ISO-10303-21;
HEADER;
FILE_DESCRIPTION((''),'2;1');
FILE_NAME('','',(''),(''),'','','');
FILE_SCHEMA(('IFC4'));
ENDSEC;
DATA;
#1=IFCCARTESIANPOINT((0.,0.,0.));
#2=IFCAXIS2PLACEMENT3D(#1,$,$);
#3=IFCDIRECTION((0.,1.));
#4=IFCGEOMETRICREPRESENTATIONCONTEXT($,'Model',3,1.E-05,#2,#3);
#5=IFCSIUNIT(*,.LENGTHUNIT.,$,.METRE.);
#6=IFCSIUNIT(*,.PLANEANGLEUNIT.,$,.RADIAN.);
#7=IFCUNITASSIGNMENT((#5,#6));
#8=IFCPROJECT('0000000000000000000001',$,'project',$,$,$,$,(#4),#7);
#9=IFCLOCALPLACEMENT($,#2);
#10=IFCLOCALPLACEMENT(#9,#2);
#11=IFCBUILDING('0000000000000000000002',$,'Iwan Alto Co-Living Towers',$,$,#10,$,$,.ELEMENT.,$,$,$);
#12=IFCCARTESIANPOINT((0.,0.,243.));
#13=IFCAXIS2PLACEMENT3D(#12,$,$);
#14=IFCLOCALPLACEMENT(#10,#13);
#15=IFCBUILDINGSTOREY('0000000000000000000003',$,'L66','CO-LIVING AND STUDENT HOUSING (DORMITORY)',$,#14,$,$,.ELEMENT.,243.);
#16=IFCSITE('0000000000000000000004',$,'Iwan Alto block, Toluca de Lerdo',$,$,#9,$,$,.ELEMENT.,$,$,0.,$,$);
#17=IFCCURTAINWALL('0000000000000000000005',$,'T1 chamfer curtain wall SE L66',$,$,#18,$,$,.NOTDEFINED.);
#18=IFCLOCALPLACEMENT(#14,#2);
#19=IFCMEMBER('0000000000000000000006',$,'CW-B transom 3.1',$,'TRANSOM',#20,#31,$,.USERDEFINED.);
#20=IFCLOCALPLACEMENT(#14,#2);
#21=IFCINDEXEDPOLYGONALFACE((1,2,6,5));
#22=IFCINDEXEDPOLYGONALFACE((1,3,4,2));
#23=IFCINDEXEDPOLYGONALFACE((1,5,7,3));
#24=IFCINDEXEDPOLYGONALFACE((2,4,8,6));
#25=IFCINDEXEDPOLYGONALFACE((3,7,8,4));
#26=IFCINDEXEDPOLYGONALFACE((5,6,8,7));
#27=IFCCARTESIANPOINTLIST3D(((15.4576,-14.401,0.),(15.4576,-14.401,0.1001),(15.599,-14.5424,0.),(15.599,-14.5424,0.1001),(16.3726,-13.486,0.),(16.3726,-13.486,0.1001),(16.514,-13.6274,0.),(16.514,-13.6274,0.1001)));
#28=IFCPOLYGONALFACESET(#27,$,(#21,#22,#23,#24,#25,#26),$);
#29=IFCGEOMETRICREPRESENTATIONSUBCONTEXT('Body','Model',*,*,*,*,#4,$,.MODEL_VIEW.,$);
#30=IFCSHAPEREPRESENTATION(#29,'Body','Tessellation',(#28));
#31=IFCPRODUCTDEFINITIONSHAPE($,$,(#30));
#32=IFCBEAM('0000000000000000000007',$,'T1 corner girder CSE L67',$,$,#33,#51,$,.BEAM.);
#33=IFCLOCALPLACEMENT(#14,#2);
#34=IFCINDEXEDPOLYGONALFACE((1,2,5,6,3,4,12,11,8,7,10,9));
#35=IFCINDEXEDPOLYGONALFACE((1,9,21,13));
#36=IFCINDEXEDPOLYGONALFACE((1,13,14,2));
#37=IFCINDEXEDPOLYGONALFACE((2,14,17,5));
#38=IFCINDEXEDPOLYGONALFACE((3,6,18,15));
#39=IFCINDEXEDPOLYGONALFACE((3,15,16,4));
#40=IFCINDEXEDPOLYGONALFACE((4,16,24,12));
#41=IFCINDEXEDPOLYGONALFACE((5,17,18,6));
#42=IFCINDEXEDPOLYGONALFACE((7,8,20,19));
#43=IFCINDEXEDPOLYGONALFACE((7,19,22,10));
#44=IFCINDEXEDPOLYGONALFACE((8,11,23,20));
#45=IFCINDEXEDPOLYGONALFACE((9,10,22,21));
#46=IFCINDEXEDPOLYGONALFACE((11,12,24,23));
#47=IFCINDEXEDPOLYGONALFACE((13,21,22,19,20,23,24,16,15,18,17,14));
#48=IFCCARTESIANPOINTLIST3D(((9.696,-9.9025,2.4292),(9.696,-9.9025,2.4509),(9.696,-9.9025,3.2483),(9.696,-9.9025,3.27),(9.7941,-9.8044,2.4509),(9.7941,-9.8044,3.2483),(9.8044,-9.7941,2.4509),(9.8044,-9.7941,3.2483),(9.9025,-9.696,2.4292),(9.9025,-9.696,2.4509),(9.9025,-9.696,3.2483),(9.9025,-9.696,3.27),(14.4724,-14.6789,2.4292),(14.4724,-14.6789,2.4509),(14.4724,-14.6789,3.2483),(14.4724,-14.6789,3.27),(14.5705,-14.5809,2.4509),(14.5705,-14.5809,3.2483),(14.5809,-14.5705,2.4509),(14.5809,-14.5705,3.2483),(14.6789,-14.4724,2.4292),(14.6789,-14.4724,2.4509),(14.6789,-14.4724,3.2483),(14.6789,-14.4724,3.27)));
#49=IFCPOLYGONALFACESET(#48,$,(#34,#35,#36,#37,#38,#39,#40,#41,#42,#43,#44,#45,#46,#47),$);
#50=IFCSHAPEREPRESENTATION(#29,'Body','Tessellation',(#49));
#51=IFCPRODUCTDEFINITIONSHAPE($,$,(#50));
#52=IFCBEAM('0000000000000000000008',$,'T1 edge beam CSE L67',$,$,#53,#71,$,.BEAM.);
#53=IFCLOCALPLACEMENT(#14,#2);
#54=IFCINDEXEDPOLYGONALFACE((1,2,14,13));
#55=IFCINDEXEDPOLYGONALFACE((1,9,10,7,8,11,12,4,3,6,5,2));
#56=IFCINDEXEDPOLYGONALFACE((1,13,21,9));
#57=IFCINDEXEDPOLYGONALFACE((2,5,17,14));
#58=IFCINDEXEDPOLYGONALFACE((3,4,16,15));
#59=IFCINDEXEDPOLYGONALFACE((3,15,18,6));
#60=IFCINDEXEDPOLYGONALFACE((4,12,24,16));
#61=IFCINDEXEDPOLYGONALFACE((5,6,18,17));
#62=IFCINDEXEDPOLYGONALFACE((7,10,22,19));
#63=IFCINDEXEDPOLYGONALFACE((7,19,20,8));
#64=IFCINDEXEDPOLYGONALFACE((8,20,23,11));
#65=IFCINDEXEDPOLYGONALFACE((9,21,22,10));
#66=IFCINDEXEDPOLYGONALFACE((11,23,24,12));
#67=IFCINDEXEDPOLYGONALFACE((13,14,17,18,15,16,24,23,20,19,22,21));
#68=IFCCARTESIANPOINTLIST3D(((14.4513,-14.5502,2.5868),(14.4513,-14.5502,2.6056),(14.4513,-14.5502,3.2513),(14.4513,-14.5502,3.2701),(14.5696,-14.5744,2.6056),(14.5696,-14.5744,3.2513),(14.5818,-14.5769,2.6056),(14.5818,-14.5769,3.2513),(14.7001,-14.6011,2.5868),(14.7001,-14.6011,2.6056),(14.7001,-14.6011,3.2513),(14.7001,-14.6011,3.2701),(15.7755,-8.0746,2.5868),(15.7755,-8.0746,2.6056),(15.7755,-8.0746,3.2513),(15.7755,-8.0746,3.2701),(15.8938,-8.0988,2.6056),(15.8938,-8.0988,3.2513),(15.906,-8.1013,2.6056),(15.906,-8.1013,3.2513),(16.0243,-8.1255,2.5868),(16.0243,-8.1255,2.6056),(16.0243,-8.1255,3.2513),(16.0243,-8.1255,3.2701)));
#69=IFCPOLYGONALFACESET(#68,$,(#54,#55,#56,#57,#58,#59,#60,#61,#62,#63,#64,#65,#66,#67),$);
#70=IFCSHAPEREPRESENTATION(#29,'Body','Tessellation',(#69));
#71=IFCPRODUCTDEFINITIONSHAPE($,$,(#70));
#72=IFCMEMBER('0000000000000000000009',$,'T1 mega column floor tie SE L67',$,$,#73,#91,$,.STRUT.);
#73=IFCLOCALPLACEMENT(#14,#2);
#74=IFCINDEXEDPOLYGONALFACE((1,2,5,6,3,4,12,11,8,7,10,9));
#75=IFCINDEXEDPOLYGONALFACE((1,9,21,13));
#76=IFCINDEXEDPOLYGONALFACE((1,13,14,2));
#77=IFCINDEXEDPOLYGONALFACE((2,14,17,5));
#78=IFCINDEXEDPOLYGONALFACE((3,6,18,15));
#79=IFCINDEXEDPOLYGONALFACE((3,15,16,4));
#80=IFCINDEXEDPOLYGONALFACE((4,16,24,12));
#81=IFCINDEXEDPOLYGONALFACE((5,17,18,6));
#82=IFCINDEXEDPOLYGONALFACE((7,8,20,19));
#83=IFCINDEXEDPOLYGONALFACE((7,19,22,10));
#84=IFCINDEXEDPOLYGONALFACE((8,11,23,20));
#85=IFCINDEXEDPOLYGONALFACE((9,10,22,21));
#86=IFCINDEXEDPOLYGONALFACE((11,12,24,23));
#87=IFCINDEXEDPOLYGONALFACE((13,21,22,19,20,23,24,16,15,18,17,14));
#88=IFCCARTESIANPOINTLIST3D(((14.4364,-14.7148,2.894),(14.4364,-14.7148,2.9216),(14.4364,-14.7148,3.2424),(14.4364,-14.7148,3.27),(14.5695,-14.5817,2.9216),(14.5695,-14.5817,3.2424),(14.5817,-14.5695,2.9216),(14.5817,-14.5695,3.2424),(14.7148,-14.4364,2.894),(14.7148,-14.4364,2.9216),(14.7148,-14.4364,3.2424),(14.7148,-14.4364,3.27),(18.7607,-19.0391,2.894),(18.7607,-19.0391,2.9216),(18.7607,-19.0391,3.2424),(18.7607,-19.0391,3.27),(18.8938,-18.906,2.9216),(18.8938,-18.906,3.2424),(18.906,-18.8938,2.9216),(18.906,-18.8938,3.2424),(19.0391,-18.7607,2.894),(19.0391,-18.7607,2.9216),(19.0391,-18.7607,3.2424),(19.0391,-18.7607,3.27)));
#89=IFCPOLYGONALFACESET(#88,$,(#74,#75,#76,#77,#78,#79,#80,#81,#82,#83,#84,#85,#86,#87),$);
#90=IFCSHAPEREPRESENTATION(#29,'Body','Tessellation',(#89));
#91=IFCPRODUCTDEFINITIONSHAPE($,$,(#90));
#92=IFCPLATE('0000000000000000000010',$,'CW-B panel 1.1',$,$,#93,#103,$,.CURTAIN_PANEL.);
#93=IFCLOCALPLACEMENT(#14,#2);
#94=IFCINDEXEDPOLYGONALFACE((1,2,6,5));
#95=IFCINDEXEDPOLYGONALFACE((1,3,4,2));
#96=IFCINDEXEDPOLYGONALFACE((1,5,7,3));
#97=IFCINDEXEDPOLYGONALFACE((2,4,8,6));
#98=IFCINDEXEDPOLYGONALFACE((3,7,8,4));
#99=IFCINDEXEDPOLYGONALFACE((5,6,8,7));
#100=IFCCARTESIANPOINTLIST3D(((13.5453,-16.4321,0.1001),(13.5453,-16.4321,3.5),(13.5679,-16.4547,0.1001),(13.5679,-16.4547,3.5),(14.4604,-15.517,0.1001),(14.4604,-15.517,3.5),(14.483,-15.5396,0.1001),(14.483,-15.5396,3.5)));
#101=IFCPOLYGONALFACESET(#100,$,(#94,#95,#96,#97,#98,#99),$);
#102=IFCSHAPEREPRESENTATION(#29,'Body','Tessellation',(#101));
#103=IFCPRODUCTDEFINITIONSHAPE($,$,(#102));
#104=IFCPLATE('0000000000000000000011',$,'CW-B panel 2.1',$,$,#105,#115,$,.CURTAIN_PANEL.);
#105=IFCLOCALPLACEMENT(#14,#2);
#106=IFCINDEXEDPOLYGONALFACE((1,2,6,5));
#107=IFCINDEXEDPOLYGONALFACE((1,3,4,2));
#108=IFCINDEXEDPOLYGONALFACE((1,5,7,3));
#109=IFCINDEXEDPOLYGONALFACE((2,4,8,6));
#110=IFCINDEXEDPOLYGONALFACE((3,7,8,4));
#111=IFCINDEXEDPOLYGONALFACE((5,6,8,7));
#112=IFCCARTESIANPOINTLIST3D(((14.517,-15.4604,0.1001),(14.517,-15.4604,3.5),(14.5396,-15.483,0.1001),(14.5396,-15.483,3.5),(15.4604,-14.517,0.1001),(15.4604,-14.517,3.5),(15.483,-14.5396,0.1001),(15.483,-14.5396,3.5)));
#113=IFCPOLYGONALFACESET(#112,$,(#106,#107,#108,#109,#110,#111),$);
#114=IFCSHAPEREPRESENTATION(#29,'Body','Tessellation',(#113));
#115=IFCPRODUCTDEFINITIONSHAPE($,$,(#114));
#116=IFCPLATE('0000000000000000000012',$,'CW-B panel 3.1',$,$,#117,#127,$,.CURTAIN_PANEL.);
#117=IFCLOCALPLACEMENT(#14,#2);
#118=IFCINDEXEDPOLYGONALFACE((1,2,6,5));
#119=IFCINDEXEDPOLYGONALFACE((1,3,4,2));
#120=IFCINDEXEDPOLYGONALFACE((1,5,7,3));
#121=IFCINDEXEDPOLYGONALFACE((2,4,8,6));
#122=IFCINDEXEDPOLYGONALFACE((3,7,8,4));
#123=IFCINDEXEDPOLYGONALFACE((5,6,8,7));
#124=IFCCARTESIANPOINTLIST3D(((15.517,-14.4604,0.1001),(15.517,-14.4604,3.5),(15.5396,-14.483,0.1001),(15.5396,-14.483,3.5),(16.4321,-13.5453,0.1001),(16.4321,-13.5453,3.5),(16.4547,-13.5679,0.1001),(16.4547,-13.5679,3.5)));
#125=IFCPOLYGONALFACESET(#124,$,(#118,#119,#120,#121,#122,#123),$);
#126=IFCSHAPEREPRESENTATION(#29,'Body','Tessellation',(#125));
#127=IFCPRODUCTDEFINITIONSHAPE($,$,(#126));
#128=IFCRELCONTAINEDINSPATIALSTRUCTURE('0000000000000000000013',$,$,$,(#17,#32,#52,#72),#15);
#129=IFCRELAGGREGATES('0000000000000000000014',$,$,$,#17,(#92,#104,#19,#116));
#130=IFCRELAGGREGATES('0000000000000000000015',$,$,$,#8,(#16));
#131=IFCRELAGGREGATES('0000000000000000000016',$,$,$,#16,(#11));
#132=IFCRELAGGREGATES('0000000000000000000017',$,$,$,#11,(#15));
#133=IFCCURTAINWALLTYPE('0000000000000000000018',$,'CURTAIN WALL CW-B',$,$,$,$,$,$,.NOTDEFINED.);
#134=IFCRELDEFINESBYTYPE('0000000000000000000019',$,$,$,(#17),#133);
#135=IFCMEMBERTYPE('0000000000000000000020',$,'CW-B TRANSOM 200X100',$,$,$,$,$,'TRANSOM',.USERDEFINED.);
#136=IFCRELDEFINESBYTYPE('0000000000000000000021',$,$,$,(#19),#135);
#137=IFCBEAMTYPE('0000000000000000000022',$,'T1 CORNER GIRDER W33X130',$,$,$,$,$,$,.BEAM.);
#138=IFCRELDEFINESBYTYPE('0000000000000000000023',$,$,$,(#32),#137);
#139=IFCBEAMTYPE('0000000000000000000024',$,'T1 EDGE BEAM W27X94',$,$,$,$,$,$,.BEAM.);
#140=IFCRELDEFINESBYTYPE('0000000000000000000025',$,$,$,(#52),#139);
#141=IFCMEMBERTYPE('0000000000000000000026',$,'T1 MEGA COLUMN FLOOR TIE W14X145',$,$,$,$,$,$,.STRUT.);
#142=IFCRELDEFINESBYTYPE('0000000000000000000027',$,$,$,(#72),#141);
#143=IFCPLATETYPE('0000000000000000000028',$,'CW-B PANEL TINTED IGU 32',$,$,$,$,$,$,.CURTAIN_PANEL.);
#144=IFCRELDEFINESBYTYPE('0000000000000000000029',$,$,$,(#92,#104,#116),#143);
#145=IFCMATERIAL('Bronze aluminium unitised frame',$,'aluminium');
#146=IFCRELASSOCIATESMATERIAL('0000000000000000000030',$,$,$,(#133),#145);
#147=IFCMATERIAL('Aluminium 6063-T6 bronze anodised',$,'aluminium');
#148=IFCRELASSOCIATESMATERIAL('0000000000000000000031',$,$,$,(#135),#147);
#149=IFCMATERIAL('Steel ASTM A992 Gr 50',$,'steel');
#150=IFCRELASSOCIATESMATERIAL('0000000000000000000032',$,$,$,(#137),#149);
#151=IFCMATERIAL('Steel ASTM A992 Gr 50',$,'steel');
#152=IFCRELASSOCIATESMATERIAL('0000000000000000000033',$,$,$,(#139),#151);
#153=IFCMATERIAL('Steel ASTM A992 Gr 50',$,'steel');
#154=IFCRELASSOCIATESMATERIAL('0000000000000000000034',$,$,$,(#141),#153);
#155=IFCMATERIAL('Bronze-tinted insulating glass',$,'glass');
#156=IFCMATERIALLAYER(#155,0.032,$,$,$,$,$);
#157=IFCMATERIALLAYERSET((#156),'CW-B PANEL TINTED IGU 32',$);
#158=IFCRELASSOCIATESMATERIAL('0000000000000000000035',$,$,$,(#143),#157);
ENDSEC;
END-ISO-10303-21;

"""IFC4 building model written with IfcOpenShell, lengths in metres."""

from ifc_helpers import new_model, si_unit, direction, frame, origin, origin_2d, place, context, subcontext, project, spatial, rectangle, i_section, extrude, material, layer, layer_set, material_profile, profile_set, type_object, element, aggregate, save


model = new_model("IFC4")

# Units and contexts
model_context = context("Model", 3, precision=1e-05, world=origin(), true_north=direction((0.0, 1.0)))
body_context = subcontext(model_context, "Body", "Model", "MODEL_VIEW")
ifc_project = project(units=[si_unit("LENGTHUNIT", "METRE"), si_unit("PLANEANGLEUNIT", "RADIAN")], contexts=[model_context])

# Site, building, storey
site_placement = place(None, origin())
site = spatial("IfcSite", under=ifc_project, at=site_placement, Name="Iwan Alto block, Toluca de Lerdo", CompositionType="ELEMENT", RefElevation=0.0)
building_placement = place(site_placement, origin())
building = spatial("IfcBuilding", under=site, at=building_placement, Name="Iwan Alto Co-Living Towers", CompositionType="ELEMENT")
storey_placement = place(building_placement, frame((0.0, 0.0, 243.0)))
storey = spatial("IfcBuildingStorey", under=building, at=storey_placement, Name="L66", Description="CO-LIVING AND STUDENT HOUSING (DORMITORY)", CompositionType="ELEMENT", Elevation=243.0)

# Curtain wall, member
ifc_material_1 = material(Name="Bronze aluminium unitised frame", Category="aluminium")
curtain_wall_type_1 = type_object("IfcCurtainWallType", Name="CURTAIN WALL CW-B", PredefinedType="NOTDEFINED", material=ifc_material_1)
curtain_wall_1_placement = place(storey_placement, origin())
curtain_wall_1 = element("IfcCurtainWall", 1, at=curtain_wall_1_placement, inside=storey, type_object=curtain_wall_type_1, Name="T1 chamfer curtain wall SE L66", PredefinedType="NOTDEFINED")
ifc_material_2 = material(Name="Aluminium 6063-T6 bronze anodised", Category="aluminium")
ifc_material_profile_1 = material_profile(ifc_material_2, rectangle(XDim=0.2, YDim=0.1001, at=origin_2d()), Name="AL 200X100")
ifc_profile_set_1 = profile_set([ifc_material_profile_1], Name="Aluminium 6063-T6 bronze anodised")
member_type_1 = type_object("IfcMemberType", Name="CW-B TRANSOM 200X100", ElementType="TRANSOM", PredefinedType="USERDEFINED", material=ifc_profile_set_1)
member_1_placement = place(storey_placement, frame((15.5283, -14.4717, 0.05), z_axis=(0.707107, 0.707107, 0.0), x_axis=(-0.707107, 0.707107, 0.0)))
member_1 = element("IfcMember", 2, at=member_1_placement, type_object=member_type_1, Name="CW-B transom 3.1", ObjectType="TRANSOM", PredefinedType="USERDEFINED", context=body_context, shape_type="SweptSolid", body=[
    extrude(rectangle(XDim=0.2, YDim=0.1001, at=origin_2d()), origin(), (0.0, 0.0, 1.0), 1.2939),
])

# Beams
ifc_material_3 = material(Name="Steel ASTM A992 Gr 50", Category="steel")
ifc_material_profile_2 = material_profile(ifc_material_3, i_section(OverallWidth=0.292, OverallDepth=0.8408, WebThickness=0.0146, FlangeThickness=0.0217, at=origin_2d()), Name="W33X130")
ifc_profile_set_2 = profile_set([ifc_material_profile_2], Name="Steel ASTM A992 Gr 50")
beam_type_1 = type_object("IfcBeamType", Name="T1 CORNER GIRDER W33X130", PredefinedType="BEAM", material=ifc_profile_set_2)
beam_1_placement = place(storey_placement, frame((14.5757, -14.5757, 2.8496), z_axis=(-0.707107, 0.707107, 0.0), x_axis=(-0.707107, -0.707107, 0.0)))
element("IfcBeam", 3, at=beam_1_placement, inside=storey, type_object=beam_type_1, Name="T1 corner girder CSE L67", PredefinedType="BEAM", context=body_context, shape_type="SweptSolid", body=[
    extrude(i_section(OverallWidth=0.292, OverallDepth=0.8408, WebThickness=0.0146, FlangeThickness=0.0217, at=origin_2d()), origin(), (0.0, 0.0, 1.0), 6.7549),
])
ifc_material_4 = material(Name="Steel ASTM A992 Gr 50", Category="steel")
ifc_material_profile_3 = material_profile(ifc_material_4, i_section(OverallWidth=0.2539, OverallDepth=0.6833, WebThickness=0.0125, FlangeThickness=0.0188, at=origin_2d()), Name="W27X94")
ifc_profile_set_3 = profile_set([ifc_material_profile_3], Name="Steel ASTM A992 Gr 50")
beam_type_2 = type_object("IfcBeamType", Name="T1 EDGE BEAM W27X94", PredefinedType="BEAM", material=ifc_profile_set_3)
beam_2_placement = place(storey_placement, frame((14.5757, -14.5757, 2.9285), z_axis=(0.200348, 0.979725, 0.0), x_axis=(-0.979725, 0.200348, 0.0)))
element("IfcBeam", 4, at=beam_2_placement, inside=storey, type_object=beam_type_2, Name="T1 edge beam CSE L67", PredefinedType="BEAM", context=body_context, shape_type="SweptSolid", body=[
    extrude(i_section(OverallWidth=0.2539, OverallDepth=0.6833, WebThickness=0.0125, FlangeThickness=0.0188, at=origin_2d()), origin(), (0.0, 0.0, 1.0), 6.6096),
])

# Member
ifc_material_5 = material(Name="Steel ASTM A992 Gr 50", Category="steel")
ifc_material_profile_4 = material_profile(ifc_material_5, i_section(OverallWidth=0.3938, OverallDepth=0.376, WebThickness=0.0173, FlangeThickness=0.0276, at=origin_2d()), Name="W14X145")
ifc_profile_set_4 = profile_set([ifc_material_profile_4], Name="Steel ASTM A992 Gr 50")
member_type_2 = type_object("IfcMemberType", Name="T1 MEGA COLUMN FLOOR TIE W14X145", PredefinedType="STRUT", material=ifc_profile_set_4)
member_2_placement = place(storey_placement, frame((18.8999, -18.8999, 3.082), z_axis=(-0.707107, 0.707107, 0.0), x_axis=(-0.707107, -0.707107, 0.0)))
element("IfcMember", 5, at=member_2_placement, inside=storey, type_object=member_type_2, Name="T1 mega column floor tie SE L67", PredefinedType="STRUT", context=body_context, shape_type="SweptSolid", body=[
    extrude(i_section(OverallWidth=0.3938, OverallDepth=0.376, WebThickness=0.0173, FlangeThickness=0.0276, at=origin_2d()), origin(), (0.0, 0.0, 1.0), 6.1155),
])

# Plates
ifc_material_6 = material(Name="Bronze-tinted insulating glass", Category="glass")
ifc_layer = layer(ifc_material_6, 0.032)
ifc_layer_set = layer_set([ifc_layer], Name="CW-B PANEL TINTED IGU 32")
plate_type = type_object("IfcPlateType", Name="CW-B PANEL TINTED IGU 32", PredefinedType="CURTAIN_PANEL", material=ifc_layer_set)
plate_1_placement = place(storey_placement, frame((14.0142, -15.9858, 0.1001), z_axis=(0.0, 0.0, 1.0), x_axis=(0.707107, 0.707107, 0.0)))
plate_1 = element("IfcPlate", 6, at=plate_1_placement, type_object=plate_type, Name="CW-B panel 1.1", PredefinedType="CURTAIN_PANEL", context=body_context, shape_type="SweptSolid", body=[
    extrude(rectangle(XDim=1.2942, YDim=0.032, at=origin_2d()), origin(), (0.0, 0.0, 1.0), 3.3999),
])
plate_2_placement = place(storey_placement, frame((15.0, -15.0, 0.1001), z_axis=(0.0, 0.0, 1.0), x_axis=(0.707107, 0.707107, 0.0)))
plate_2 = element("IfcPlate", 7, at=plate_2_placement, type_object=plate_type, Name="CW-B panel 2.1", PredefinedType="CURTAIN_PANEL", context=body_context, shape_type="SweptSolid", body=[
    extrude(rectangle(XDim=1.3342, YDim=0.032, at=origin_2d()), origin(), (0.0, 0.0, 1.0), 3.3999),
])
plate_3_placement = place(storey_placement, frame((15.9858, -14.0142, 0.1001), z_axis=(0.0, 0.0, 1.0), x_axis=(0.707107, 0.707107, 0.0)))
plate_3 = element("IfcPlate", 8, at=plate_3_placement, type_object=plate_type, Name="CW-B panel 3.1", PredefinedType="CURTAIN_PANEL", context=body_context, shape_type="SweptSolid", body=[
    extrude(rectangle(XDim=1.2942, YDim=0.032, at=origin_2d()), origin(), (0.0, 0.0, 1.0), 3.3999),
])
aggregate(curtain_wall_1, [plate_1, plate_2, member_1, plate_3])

save(model, "model.ifc")
